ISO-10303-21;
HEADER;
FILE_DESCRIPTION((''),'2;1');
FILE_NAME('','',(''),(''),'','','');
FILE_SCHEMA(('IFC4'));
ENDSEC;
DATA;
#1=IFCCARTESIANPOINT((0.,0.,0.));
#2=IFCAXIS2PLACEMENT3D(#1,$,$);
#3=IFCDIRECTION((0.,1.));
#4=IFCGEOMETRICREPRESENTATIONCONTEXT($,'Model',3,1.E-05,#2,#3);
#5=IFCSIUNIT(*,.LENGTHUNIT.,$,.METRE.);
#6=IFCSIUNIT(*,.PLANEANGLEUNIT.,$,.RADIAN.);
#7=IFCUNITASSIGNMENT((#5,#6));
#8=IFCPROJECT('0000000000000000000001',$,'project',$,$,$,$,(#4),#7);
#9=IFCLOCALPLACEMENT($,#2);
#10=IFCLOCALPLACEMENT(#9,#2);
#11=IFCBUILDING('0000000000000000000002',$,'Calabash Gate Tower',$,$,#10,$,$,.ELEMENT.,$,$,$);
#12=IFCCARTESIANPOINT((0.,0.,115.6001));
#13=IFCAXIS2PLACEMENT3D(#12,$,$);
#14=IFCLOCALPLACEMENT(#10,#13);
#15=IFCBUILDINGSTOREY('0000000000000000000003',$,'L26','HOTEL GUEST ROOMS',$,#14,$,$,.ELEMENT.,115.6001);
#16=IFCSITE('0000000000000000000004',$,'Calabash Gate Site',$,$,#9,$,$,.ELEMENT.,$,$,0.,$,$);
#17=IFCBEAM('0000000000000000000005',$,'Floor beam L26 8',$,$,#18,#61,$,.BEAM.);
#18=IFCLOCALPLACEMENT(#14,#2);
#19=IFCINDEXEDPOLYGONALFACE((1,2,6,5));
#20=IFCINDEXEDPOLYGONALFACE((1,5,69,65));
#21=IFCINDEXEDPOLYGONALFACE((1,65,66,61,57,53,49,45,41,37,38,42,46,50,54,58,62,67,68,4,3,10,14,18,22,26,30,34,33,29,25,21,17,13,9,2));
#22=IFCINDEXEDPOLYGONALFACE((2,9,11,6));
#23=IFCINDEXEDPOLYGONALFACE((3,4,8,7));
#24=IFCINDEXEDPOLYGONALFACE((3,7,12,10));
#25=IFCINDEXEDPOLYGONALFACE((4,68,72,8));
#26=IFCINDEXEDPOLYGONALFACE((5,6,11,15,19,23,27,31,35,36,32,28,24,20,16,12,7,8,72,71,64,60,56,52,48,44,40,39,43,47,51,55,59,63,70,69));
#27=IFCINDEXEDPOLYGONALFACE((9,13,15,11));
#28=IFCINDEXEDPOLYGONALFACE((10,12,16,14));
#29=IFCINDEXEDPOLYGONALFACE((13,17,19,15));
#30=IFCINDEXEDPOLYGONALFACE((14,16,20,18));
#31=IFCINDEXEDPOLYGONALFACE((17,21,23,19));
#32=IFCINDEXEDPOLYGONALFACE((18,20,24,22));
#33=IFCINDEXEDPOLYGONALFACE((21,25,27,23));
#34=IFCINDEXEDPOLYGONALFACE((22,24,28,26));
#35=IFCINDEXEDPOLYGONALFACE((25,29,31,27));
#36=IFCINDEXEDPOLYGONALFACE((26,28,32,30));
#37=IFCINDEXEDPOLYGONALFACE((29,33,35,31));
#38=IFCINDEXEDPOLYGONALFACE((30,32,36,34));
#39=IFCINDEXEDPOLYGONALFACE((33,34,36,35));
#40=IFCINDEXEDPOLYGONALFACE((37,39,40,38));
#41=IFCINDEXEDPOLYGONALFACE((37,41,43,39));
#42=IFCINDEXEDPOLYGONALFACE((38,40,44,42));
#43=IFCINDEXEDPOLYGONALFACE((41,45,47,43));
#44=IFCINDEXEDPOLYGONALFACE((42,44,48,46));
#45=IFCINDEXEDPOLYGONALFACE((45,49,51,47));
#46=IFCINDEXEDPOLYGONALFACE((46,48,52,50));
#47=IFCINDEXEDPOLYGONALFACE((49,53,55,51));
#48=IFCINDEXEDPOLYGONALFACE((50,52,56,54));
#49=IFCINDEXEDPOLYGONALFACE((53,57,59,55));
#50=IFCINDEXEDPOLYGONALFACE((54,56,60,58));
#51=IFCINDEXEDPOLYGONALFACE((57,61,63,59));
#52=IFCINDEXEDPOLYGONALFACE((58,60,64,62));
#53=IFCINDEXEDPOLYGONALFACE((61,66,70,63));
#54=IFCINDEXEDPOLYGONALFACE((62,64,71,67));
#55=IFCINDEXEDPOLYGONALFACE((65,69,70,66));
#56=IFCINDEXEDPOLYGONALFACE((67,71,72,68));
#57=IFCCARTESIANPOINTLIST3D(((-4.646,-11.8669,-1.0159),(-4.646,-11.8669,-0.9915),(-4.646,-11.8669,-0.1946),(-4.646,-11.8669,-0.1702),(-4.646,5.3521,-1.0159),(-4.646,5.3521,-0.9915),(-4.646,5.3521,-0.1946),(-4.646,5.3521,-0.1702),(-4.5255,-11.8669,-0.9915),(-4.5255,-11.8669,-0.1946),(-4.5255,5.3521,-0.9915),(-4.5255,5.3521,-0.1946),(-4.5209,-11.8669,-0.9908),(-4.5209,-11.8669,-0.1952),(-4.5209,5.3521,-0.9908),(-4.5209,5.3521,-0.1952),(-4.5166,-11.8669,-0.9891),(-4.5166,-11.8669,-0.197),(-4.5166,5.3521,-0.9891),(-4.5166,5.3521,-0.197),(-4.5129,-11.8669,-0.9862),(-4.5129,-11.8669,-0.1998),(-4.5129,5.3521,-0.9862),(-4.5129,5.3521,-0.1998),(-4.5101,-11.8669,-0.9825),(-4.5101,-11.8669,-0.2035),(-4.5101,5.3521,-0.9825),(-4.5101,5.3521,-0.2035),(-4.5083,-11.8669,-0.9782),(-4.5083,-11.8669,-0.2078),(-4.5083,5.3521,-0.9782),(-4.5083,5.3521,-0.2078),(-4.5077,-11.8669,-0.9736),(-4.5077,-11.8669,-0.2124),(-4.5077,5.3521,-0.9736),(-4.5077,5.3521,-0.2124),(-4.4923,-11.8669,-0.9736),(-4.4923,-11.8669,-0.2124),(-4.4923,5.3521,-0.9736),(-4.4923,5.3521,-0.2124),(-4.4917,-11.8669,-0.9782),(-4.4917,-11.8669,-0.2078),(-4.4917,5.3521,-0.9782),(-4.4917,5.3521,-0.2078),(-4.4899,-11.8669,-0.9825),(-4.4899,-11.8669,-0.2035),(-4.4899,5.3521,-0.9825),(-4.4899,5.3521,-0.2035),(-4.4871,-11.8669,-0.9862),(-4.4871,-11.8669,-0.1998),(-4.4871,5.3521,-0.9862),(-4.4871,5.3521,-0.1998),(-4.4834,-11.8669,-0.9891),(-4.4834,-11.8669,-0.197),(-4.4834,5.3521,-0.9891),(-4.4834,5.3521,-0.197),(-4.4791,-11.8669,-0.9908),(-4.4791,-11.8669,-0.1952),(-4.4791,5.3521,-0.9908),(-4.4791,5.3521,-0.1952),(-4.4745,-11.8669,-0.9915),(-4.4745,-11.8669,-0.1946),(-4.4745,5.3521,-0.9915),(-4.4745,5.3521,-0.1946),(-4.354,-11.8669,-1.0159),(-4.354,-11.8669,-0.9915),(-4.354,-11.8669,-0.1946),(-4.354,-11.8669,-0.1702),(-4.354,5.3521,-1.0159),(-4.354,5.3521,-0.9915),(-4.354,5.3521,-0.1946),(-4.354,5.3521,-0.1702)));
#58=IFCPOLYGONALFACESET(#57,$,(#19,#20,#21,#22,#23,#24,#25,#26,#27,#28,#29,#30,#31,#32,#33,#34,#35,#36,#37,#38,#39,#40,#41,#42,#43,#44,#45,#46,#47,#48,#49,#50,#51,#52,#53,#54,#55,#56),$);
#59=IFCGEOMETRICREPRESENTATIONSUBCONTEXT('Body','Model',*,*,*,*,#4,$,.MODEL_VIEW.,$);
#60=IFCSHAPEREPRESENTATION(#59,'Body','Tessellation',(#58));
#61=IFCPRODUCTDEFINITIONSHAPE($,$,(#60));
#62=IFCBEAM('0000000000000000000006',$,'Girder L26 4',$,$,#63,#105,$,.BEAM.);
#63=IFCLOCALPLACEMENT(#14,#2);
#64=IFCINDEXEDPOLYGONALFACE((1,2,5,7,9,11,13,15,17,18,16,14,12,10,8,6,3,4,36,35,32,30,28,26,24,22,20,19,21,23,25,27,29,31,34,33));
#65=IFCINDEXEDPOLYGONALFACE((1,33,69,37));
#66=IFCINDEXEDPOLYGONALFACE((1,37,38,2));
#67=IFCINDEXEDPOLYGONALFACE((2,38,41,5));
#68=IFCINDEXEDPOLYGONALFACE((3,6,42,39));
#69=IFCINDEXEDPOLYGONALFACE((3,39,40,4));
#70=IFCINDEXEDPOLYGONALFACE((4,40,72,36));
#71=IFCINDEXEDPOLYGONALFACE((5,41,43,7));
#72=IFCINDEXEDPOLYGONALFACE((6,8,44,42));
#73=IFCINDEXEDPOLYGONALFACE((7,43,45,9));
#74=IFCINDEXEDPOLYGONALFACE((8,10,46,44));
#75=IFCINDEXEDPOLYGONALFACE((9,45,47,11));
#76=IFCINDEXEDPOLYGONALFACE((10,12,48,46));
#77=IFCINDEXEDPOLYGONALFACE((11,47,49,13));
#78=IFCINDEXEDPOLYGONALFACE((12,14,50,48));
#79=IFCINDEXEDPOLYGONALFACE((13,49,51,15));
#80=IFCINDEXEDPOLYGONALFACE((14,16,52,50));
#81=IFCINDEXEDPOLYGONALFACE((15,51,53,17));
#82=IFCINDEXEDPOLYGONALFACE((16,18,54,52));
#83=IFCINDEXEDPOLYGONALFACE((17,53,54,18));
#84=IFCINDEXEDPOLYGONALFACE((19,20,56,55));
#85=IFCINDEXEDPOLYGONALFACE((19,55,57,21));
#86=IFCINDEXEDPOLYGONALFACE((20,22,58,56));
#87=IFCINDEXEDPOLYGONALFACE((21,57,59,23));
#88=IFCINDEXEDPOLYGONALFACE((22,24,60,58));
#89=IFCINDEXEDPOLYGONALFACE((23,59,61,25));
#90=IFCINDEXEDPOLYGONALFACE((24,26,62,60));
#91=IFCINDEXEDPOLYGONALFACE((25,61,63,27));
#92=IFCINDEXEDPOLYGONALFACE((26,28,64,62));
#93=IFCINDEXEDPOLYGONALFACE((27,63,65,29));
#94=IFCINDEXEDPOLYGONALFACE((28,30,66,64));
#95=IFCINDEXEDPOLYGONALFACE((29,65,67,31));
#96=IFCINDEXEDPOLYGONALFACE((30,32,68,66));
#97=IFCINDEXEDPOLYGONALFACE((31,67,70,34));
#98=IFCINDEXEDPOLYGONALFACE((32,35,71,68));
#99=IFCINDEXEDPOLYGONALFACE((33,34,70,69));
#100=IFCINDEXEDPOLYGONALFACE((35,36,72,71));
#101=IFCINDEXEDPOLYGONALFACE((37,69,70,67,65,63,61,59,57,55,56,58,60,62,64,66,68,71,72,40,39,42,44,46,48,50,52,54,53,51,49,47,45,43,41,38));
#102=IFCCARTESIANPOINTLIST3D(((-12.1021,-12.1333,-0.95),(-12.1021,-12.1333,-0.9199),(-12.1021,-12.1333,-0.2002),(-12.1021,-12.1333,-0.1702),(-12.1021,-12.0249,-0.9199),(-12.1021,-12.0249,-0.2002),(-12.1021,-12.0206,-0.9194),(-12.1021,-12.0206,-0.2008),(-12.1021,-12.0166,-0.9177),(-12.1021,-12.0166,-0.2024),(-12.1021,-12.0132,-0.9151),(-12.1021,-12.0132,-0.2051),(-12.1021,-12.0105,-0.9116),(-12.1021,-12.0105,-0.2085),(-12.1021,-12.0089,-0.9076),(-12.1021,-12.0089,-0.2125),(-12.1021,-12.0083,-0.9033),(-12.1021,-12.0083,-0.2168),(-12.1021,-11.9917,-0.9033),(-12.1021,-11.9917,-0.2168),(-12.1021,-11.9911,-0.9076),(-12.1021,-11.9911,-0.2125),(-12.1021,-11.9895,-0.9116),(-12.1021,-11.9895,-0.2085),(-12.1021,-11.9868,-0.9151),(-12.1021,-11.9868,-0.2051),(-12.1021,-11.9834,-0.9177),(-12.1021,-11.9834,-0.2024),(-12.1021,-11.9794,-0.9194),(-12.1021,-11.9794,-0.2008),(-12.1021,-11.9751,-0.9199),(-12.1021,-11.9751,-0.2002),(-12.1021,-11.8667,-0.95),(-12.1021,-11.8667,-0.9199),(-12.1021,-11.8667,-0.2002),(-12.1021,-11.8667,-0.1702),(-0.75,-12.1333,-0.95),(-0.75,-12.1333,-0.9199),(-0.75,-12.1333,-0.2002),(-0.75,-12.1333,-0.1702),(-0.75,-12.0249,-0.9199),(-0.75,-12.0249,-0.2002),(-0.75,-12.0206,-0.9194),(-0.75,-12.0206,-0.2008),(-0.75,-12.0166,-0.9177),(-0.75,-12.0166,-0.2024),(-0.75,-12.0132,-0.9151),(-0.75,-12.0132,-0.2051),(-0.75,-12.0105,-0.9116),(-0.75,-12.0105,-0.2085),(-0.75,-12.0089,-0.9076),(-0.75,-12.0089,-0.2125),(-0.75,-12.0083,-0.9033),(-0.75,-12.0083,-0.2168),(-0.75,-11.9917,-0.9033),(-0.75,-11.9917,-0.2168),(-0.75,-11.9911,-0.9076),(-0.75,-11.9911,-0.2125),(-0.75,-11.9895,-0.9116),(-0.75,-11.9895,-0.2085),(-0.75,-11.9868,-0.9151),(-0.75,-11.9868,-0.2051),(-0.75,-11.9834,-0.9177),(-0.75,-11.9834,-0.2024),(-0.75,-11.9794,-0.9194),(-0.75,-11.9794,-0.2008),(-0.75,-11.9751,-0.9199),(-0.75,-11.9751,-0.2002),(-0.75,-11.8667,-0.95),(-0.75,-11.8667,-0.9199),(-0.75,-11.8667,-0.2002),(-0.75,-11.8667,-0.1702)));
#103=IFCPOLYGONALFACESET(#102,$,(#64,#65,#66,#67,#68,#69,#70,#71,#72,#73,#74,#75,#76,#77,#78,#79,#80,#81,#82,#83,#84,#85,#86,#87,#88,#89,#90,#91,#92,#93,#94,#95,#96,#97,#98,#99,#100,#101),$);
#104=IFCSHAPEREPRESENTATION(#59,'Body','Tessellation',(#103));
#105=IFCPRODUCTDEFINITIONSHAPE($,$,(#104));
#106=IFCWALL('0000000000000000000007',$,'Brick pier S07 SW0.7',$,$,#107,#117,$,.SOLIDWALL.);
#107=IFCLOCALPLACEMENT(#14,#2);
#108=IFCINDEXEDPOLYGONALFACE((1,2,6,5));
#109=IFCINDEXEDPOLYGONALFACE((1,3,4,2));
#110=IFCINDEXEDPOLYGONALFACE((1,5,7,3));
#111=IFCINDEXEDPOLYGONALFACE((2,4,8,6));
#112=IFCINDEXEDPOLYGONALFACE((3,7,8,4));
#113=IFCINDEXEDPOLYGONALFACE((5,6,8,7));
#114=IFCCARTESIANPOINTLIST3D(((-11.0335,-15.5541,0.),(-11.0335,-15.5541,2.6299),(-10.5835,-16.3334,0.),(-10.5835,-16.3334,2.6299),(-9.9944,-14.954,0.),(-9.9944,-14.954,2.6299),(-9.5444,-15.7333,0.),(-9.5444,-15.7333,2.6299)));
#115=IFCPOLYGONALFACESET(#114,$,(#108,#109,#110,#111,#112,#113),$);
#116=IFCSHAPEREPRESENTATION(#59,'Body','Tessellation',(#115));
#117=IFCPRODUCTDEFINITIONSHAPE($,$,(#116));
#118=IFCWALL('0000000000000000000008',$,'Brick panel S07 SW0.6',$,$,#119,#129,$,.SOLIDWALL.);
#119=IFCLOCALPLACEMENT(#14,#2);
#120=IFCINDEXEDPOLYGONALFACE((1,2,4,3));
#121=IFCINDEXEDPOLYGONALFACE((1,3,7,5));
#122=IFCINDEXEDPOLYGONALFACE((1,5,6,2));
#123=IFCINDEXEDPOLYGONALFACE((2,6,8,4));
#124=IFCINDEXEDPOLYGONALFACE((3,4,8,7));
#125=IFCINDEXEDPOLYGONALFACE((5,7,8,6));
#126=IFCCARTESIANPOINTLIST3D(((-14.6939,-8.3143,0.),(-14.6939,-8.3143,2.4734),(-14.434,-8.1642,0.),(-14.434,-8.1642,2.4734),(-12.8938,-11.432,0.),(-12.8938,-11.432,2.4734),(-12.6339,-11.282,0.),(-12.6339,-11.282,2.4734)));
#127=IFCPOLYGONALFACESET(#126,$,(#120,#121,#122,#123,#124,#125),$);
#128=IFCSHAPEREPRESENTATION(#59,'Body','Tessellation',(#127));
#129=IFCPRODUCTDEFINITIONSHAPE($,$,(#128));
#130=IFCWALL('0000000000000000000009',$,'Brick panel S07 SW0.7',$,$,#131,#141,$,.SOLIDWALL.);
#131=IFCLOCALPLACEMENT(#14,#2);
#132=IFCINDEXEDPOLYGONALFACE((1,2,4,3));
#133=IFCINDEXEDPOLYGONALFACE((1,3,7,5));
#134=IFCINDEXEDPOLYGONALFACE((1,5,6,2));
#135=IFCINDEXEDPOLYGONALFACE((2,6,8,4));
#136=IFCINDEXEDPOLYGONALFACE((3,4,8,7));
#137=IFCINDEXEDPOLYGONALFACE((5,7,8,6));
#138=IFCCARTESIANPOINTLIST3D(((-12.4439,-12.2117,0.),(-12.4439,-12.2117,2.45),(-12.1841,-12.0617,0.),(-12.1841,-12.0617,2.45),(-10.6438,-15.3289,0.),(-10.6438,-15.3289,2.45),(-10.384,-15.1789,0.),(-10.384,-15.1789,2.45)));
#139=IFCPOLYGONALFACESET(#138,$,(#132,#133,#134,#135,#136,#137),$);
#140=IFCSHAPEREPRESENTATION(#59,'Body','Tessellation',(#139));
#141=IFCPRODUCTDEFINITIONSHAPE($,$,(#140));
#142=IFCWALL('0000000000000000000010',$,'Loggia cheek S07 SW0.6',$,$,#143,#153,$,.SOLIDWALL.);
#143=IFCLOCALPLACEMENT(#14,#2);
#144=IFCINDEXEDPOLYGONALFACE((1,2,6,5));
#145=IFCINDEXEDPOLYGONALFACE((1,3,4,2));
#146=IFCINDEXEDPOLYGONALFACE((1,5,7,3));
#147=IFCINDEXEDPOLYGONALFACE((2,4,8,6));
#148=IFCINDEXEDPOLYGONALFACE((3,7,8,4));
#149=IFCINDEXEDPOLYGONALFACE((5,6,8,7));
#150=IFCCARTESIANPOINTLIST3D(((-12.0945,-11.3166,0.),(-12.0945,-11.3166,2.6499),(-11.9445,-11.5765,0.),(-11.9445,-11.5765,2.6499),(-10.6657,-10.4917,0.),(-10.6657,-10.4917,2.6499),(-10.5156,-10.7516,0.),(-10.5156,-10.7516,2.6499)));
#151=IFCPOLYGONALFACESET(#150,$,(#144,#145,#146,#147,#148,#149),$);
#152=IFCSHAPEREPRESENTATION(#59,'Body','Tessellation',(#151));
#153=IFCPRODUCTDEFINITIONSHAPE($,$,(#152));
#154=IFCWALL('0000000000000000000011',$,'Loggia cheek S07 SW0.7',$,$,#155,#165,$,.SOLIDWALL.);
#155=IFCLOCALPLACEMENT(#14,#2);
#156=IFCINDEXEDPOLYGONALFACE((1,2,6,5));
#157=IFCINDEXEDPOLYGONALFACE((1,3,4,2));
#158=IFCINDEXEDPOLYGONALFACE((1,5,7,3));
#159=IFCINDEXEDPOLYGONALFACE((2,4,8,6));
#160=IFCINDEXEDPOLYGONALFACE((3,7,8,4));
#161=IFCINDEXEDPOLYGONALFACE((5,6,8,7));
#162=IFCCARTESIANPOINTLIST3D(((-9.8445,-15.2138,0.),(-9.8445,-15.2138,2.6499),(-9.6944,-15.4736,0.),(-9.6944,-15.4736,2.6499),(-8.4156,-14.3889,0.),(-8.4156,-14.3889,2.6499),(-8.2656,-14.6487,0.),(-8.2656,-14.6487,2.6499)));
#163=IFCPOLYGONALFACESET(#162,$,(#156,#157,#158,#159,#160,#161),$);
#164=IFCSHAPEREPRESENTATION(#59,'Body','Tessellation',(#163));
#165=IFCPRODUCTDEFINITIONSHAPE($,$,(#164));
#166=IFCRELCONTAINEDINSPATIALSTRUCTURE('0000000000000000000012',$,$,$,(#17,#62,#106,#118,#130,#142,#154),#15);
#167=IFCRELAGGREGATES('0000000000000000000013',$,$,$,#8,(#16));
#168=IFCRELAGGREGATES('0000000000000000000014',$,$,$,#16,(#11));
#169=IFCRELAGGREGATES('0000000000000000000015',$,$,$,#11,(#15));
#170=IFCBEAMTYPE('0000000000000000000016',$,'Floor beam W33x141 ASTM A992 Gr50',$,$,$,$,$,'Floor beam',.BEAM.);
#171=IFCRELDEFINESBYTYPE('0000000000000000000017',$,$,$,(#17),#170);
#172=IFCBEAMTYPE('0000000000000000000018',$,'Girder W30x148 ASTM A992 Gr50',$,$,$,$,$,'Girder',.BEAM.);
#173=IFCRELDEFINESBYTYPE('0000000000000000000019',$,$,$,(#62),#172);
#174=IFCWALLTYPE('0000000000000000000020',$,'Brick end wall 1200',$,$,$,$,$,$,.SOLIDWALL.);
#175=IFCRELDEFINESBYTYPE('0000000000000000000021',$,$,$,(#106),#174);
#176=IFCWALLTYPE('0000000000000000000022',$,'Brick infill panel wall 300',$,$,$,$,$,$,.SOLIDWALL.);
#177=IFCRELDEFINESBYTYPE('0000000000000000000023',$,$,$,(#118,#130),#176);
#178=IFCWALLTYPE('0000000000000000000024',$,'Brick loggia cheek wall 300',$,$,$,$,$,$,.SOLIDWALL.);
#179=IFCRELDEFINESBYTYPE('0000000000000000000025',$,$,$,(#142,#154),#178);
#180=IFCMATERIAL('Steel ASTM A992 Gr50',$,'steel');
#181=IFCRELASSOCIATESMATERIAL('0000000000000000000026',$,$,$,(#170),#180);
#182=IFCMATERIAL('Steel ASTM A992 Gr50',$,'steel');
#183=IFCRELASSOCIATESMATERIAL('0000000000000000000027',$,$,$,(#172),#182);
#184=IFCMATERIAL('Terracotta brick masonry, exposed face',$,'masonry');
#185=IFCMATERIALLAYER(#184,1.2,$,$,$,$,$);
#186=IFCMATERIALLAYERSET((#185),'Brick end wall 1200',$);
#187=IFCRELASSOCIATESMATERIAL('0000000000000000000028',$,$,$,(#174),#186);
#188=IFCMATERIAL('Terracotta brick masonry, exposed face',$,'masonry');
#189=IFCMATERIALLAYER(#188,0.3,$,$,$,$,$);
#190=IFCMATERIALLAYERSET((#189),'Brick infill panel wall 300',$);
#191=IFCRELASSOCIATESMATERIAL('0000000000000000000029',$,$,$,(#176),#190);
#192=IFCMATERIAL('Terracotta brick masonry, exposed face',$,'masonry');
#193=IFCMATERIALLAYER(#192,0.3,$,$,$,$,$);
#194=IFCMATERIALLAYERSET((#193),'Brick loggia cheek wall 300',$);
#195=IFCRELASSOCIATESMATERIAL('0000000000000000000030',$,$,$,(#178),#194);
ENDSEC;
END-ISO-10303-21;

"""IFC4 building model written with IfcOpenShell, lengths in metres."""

from ifc_helpers import new_model, si_unit, direction, frame, frame_2d, origin, origin_2d, place, context, subcontext, project, spatial, rectangle, i_section, extrude, material, layer, layer_set, material_profile, profile_set, type_object, element, save


model = new_model("IFC4")

# Units and contexts
model_context = context("Model", 3, precision=1e-05, world=origin(), true_north=direction((0.0, 1.0)))
body_context = subcontext(model_context, "Body", "Model", "MODEL_VIEW")
ifc_project = project(units=[si_unit("LENGTHUNIT", "METRE"), si_unit("PLANEANGLEUNIT", "RADIAN")], contexts=[model_context])

# Site, building, storey
site_placement = place(None, origin())
site = spatial("IfcSite", under=ifc_project, at=site_placement, Name="Calabash Gate Site", CompositionType="ELEMENT", RefElevation=0.0)
building_placement = place(site_placement, origin())
building = spatial("IfcBuilding", under=site, at=building_placement, Name="Calabash Gate Tower", CompositionType="ELEMENT")
storey_placement = place(building_placement, frame((0.0, 0.0, 115.6001)))
storey = spatial("IfcBuildingStorey", under=building, at=storey_placement, Name="L26", Description="HOTEL GUEST ROOMS", CompositionType="ELEMENT", Elevation=115.6001)

# Beams
ifc_material_1 = material(Name="Steel ASTM A992 Gr50", Category="steel")
ifc_material_profile_1 = material_profile(ifc_material_1, i_section(OverallWidth=0.292, OverallDepth=0.8457, WebThickness=0.0154, FlangeThickness=0.0244, FilletRadius=0.0178, at=origin_2d()))
ifc_profile_set_1 = profile_set([ifc_material_profile_1], Name="Steel ASTM A992 Gr50")
beam_type_1 = type_object("IfcBeamType", Name="Floor beam W33x141 ASTM A992 Gr50", ElementType="Floor beam", PredefinedType="BEAM", material=ifc_profile_set_1)
beam_1_placement = place(storey_placement, frame((-4.5, -11.8669, -0.593), z_axis=(0.0, 1.0, 0.0), x_axis=(-1.0, 0.0, 0.0)))
element("IfcBeam", 1, at=beam_1_placement, inside=storey, type_object=beam_type_1, Name="Floor beam L26 8", PredefinedType="BEAM", context=body_context, shape_type="SweptSolid", body=[
    extrude(i_section(OverallWidth=0.292, OverallDepth=0.8457, WebThickness=0.0154, FlangeThickness=0.0244, FilletRadius=0.0178, at=origin_2d()), origin(), (0.0, 0.0, 1.0), 17.219),
])
ifc_material_2 = material(Name="Steel ASTM A992 Gr50", Category="steel")
ifc_material_profile_2 = material_profile(ifc_material_2, i_section(OverallWidth=0.2666, OverallDepth=0.7798, WebThickness=0.0166, FlangeThickness=0.03, FilletRadius=0.0166, at=origin_2d()))
ifc_profile_set_2 = profile_set([ifc_material_profile_2], Name="Steel ASTM A992 Gr50")
beam_type_2 = type_object("IfcBeamType", Name="Girder W30x148 ASTM A992 Gr50", ElementType="Girder", PredefinedType="BEAM", material=ifc_profile_set_2)
beam_2_placement = place(storey_placement, frame((-12.1021, -12.0, -0.5601), z_axis=(1.0, 0.0, 0.0), x_axis=(0.0, 1.0, 0.0)))
element("IfcBeam", 2, at=beam_2_placement, inside=storey, type_object=beam_type_2, Name="Girder L26 4", PredefinedType="BEAM", context=body_context, shape_type="SweptSolid", body=[
    extrude(i_section(OverallWidth=0.2666, OverallDepth=0.7798, WebThickness=0.0166, FlangeThickness=0.03, FilletRadius=0.0166, at=origin_2d()), origin(), (0.0, 0.0, 1.0), 11.3521),
])

# Walls
ifc_material_3 = material(Name="Terracotta brick masonry, exposed face", Category="masonry")
ifc_layer_1 = layer(ifc_material_3, 1.2)
ifc_layer_set_1 = layer_set([ifc_layer_1], Name="Brick end wall 1200")
wall_type_1 = type_object("IfcWallType", Name="Brick end wall 1200", PredefinedType="SOLIDWALL", material=ifc_layer_set_1)
wall_1_placement = place(storey_placement, frame((-10.8086, -15.9438, 0.0), z_axis=(0.0, 0.0, 1.0), x_axis=(0.865955, 0.500122, 0.0)))
element("IfcWall", 3, at=wall_1_placement, inside=storey, type_object=wall_type_1, Name="Brick pier S07 SW0.7", PredefinedType="SOLIDWALL", context=body_context, shape_type="SweptSolid", body=[
    extrude(rectangle(XDim=1.2, YDim=0.8999, at=frame_2d((0.6001, 0.0))), origin(), (0.0, 0.0, 1.0), 2.6299),
])
ifc_material_4 = material(Name="Terracotta brick masonry, exposed face", Category="masonry")
ifc_layer_2 = layer(ifc_material_4, 0.3)
ifc_layer_set_2 = layer_set([ifc_layer_2], Name="Brick infill panel wall 300")
wall_type_2 = type_object("IfcWallType", Name="Brick infill panel wall 300", PredefinedType="SOLIDWALL", material=ifc_layer_set_2)
wall_2_placement = place(storey_placement, frame((-14.564, -8.2393, 0.0), z_axis=(0.0, 0.0, 1.0), x_axis=(0.500012, -0.866018, 0.0)))
element("IfcWall", 4, at=wall_2_placement, inside=storey, type_object=wall_type_2, Name="Brick panel S07 SW0.6", PredefinedType="SOLIDWALL", context=body_context, shape_type="SweptSolid", body=[
    extrude(rectangle(XDim=3.6001, YDim=0.3, at=frame_2d((1.8, 0.0))), origin(), (0.0, 0.0, 1.0), 2.4734),
])
wall_3_placement = place(storey_placement, frame((-10.5139, -15.2539, 0.0), z_axis=(0.0, 0.0, 1.0), x_axis=(-0.500071, 0.865985, 0.0)))
element("IfcWall", 5, at=wall_3_placement, inside=storey, type_object=wall_type_2, Name="Brick panel S07 SW0.7", PredefinedType="SOLIDWALL", context=body_context, shape_type="SweptSolid", body=[
    extrude(rectangle(XDim=3.5996, YDim=0.3, at=frame_2d((1.7998, 0.0))), origin(), (0.0, 0.0, 1.0), 2.45),
])
ifc_material_5 = material(Name="Terracotta brick masonry, exposed face", Category="masonry")
ifc_layer_3 = layer(ifc_material_5, 0.3)
ifc_layer_set_3 = layer_set([ifc_layer_3], Name="Brick loggia cheek wall 300")
wall_type_3 = type_object("IfcWallType", Name="Brick loggia cheek wall 300", PredefinedType="SOLIDWALL", material=ifc_layer_set_3)
for number, where, z_axis, x_axis, name in (
    (6, (-12.0195, -11.4465, 0.0), (0.0, 0.0, 1.0), (0.86604, 0.499974, 0.0), "Loggia cheek S07 SW0.6"),
    (7, (-8.3406, -14.5188, 0.0), (0.0, 0.0, 1.0), (-0.86604, -0.499974, 0.0), "Loggia cheek S07 SW0.7"),
):
    element("IfcWall", number, at=place(storey_placement, frame(where, z_axis=z_axis, x_axis=x_axis)), inside=storey, type_object=wall_type_3, Name=name, PredefinedType="SOLIDWALL", context=body_context, shape_type="SweptSolid", body=[
        extrude(rectangle(XDim=1.6499, YDim=0.3, at=frame_2d((0.825, 0.0))), origin(), (0.0, 0.0, 1.0), 2.6499),
    ])

save(model, "model.ifc")
